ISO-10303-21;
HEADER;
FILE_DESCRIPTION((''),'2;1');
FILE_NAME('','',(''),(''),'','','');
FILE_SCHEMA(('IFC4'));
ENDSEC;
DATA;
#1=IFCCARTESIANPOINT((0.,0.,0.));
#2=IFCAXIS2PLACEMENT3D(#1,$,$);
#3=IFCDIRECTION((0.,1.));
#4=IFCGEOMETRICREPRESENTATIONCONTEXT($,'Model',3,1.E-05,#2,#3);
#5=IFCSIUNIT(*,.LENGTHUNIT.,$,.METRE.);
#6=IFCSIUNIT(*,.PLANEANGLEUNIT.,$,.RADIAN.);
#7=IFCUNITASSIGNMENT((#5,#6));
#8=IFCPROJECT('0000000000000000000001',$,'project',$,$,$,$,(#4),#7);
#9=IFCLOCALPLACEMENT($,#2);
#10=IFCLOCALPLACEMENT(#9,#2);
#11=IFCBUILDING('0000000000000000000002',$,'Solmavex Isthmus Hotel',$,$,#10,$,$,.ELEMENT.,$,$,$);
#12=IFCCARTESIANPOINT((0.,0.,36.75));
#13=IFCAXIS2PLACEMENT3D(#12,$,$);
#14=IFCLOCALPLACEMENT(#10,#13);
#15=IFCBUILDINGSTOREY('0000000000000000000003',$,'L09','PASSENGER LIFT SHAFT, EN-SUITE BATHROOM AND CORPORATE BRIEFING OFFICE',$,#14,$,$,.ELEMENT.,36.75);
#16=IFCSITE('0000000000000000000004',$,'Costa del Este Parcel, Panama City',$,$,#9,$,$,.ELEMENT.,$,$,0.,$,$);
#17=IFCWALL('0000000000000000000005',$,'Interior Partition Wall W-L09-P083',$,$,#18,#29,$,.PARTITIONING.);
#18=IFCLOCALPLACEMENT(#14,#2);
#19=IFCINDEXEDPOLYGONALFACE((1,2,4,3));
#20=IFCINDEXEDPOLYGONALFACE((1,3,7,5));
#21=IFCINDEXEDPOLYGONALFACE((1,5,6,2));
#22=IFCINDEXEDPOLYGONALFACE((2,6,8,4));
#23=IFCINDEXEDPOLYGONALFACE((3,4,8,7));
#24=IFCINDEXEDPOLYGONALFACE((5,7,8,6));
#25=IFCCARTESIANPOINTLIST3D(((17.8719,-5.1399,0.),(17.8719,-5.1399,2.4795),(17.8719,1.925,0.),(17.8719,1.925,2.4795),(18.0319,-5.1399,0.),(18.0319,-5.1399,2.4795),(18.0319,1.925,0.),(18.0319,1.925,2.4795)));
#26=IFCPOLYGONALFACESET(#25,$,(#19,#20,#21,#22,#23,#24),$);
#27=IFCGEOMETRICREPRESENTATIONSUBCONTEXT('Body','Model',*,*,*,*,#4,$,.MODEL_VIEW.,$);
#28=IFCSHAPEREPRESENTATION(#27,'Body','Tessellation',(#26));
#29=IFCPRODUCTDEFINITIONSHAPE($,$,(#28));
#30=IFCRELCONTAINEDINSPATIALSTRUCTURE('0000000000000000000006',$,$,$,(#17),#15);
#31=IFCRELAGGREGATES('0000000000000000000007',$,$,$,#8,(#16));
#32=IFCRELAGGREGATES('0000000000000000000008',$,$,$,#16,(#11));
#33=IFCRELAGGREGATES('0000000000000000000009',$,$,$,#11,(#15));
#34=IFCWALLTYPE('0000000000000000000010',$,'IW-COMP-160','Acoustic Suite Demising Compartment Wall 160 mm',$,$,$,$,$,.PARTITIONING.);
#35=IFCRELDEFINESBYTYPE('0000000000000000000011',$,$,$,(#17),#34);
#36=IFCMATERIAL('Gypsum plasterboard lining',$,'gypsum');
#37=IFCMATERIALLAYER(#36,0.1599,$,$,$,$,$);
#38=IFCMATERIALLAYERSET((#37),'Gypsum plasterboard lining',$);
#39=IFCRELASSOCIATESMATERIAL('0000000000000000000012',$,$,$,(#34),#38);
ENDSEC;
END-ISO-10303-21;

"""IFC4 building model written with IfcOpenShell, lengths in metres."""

from ifc_helpers import new_model, si_unit, direction, frame, frame_2d, origin, place, context, subcontext, project, spatial, rectangle, extrude, material, layer, layer_set, type_object, element, save


model = new_model("IFC4")

# Units and contexts
model_context = context("Model", 3, precision=1e-05, world=origin(), true_north=direction((0.0, 1.0)))
body_context = subcontext(model_context, "Body", "Model", "MODEL_VIEW")
ifc_project = project(units=[si_unit("LENGTHUNIT", "METRE"), si_unit("PLANEANGLEUNIT", "RADIAN")], contexts=[model_context])

# Site, building, storey
site_placement = place(None, origin())
site = spatial("IfcSite", under=ifc_project, at=site_placement, Name="Costa del Este Parcel, Panama City", CompositionType="ELEMENT", RefElevation=0.0)
building_placement = place(site_placement, origin())
building = spatial("IfcBuilding", under=site, at=building_placement, Name="Solmavex Isthmus Hotel", CompositionType="ELEMENT")
storey_placement = place(building_placement, frame((0.0, 0.0, 36.75)))
storey = spatial("IfcBuildingStorey", under=building, at=storey_placement, Name="L09", Description="PASSENGER LIFT SHAFT, EN-SUITE BATHROOM AND CORPORATE BRIEFING OFFICE", CompositionType="ELEMENT", Elevation=36.75)

# Wall
ifc_material_1 = material(Name="Gypsum plasterboard lining", Category="gypsum")
ifc_layer_1 = layer(ifc_material_1, 0.1599)
ifc_layer_set_1 = layer_set([ifc_layer_1], Name="Gypsum plasterboard lining")
wall_type_1 = type_object("IfcWallType", Name="IW-COMP-160", Description="Acoustic Suite Demising Compartment Wall 160 mm", PredefinedType="PARTITIONING", material=ifc_layer_set_1)
wall_1_placement = place(storey_placement, frame((17.9519, -5.1399, 0.0), z_axis=(0.0, 0.0, 1.0), x_axis=(0.0, 1.0, 0.0)))
element("IfcWall", 1, at=wall_1_placement, inside=storey, type_object=wall_type_1, Name="Interior Partition Wall W-L09-P083", PredefinedType="PARTITIONING", context=body_context, shape_type="SweptSolid", body=[
    extrude(rectangle(XDim=7.0649, YDim=0.1599, at=frame_2d((3.5325, 0.0))), origin(), (0.0, 0.0, 1.0), 2.4795),
])

save(model, "model.ifc")
